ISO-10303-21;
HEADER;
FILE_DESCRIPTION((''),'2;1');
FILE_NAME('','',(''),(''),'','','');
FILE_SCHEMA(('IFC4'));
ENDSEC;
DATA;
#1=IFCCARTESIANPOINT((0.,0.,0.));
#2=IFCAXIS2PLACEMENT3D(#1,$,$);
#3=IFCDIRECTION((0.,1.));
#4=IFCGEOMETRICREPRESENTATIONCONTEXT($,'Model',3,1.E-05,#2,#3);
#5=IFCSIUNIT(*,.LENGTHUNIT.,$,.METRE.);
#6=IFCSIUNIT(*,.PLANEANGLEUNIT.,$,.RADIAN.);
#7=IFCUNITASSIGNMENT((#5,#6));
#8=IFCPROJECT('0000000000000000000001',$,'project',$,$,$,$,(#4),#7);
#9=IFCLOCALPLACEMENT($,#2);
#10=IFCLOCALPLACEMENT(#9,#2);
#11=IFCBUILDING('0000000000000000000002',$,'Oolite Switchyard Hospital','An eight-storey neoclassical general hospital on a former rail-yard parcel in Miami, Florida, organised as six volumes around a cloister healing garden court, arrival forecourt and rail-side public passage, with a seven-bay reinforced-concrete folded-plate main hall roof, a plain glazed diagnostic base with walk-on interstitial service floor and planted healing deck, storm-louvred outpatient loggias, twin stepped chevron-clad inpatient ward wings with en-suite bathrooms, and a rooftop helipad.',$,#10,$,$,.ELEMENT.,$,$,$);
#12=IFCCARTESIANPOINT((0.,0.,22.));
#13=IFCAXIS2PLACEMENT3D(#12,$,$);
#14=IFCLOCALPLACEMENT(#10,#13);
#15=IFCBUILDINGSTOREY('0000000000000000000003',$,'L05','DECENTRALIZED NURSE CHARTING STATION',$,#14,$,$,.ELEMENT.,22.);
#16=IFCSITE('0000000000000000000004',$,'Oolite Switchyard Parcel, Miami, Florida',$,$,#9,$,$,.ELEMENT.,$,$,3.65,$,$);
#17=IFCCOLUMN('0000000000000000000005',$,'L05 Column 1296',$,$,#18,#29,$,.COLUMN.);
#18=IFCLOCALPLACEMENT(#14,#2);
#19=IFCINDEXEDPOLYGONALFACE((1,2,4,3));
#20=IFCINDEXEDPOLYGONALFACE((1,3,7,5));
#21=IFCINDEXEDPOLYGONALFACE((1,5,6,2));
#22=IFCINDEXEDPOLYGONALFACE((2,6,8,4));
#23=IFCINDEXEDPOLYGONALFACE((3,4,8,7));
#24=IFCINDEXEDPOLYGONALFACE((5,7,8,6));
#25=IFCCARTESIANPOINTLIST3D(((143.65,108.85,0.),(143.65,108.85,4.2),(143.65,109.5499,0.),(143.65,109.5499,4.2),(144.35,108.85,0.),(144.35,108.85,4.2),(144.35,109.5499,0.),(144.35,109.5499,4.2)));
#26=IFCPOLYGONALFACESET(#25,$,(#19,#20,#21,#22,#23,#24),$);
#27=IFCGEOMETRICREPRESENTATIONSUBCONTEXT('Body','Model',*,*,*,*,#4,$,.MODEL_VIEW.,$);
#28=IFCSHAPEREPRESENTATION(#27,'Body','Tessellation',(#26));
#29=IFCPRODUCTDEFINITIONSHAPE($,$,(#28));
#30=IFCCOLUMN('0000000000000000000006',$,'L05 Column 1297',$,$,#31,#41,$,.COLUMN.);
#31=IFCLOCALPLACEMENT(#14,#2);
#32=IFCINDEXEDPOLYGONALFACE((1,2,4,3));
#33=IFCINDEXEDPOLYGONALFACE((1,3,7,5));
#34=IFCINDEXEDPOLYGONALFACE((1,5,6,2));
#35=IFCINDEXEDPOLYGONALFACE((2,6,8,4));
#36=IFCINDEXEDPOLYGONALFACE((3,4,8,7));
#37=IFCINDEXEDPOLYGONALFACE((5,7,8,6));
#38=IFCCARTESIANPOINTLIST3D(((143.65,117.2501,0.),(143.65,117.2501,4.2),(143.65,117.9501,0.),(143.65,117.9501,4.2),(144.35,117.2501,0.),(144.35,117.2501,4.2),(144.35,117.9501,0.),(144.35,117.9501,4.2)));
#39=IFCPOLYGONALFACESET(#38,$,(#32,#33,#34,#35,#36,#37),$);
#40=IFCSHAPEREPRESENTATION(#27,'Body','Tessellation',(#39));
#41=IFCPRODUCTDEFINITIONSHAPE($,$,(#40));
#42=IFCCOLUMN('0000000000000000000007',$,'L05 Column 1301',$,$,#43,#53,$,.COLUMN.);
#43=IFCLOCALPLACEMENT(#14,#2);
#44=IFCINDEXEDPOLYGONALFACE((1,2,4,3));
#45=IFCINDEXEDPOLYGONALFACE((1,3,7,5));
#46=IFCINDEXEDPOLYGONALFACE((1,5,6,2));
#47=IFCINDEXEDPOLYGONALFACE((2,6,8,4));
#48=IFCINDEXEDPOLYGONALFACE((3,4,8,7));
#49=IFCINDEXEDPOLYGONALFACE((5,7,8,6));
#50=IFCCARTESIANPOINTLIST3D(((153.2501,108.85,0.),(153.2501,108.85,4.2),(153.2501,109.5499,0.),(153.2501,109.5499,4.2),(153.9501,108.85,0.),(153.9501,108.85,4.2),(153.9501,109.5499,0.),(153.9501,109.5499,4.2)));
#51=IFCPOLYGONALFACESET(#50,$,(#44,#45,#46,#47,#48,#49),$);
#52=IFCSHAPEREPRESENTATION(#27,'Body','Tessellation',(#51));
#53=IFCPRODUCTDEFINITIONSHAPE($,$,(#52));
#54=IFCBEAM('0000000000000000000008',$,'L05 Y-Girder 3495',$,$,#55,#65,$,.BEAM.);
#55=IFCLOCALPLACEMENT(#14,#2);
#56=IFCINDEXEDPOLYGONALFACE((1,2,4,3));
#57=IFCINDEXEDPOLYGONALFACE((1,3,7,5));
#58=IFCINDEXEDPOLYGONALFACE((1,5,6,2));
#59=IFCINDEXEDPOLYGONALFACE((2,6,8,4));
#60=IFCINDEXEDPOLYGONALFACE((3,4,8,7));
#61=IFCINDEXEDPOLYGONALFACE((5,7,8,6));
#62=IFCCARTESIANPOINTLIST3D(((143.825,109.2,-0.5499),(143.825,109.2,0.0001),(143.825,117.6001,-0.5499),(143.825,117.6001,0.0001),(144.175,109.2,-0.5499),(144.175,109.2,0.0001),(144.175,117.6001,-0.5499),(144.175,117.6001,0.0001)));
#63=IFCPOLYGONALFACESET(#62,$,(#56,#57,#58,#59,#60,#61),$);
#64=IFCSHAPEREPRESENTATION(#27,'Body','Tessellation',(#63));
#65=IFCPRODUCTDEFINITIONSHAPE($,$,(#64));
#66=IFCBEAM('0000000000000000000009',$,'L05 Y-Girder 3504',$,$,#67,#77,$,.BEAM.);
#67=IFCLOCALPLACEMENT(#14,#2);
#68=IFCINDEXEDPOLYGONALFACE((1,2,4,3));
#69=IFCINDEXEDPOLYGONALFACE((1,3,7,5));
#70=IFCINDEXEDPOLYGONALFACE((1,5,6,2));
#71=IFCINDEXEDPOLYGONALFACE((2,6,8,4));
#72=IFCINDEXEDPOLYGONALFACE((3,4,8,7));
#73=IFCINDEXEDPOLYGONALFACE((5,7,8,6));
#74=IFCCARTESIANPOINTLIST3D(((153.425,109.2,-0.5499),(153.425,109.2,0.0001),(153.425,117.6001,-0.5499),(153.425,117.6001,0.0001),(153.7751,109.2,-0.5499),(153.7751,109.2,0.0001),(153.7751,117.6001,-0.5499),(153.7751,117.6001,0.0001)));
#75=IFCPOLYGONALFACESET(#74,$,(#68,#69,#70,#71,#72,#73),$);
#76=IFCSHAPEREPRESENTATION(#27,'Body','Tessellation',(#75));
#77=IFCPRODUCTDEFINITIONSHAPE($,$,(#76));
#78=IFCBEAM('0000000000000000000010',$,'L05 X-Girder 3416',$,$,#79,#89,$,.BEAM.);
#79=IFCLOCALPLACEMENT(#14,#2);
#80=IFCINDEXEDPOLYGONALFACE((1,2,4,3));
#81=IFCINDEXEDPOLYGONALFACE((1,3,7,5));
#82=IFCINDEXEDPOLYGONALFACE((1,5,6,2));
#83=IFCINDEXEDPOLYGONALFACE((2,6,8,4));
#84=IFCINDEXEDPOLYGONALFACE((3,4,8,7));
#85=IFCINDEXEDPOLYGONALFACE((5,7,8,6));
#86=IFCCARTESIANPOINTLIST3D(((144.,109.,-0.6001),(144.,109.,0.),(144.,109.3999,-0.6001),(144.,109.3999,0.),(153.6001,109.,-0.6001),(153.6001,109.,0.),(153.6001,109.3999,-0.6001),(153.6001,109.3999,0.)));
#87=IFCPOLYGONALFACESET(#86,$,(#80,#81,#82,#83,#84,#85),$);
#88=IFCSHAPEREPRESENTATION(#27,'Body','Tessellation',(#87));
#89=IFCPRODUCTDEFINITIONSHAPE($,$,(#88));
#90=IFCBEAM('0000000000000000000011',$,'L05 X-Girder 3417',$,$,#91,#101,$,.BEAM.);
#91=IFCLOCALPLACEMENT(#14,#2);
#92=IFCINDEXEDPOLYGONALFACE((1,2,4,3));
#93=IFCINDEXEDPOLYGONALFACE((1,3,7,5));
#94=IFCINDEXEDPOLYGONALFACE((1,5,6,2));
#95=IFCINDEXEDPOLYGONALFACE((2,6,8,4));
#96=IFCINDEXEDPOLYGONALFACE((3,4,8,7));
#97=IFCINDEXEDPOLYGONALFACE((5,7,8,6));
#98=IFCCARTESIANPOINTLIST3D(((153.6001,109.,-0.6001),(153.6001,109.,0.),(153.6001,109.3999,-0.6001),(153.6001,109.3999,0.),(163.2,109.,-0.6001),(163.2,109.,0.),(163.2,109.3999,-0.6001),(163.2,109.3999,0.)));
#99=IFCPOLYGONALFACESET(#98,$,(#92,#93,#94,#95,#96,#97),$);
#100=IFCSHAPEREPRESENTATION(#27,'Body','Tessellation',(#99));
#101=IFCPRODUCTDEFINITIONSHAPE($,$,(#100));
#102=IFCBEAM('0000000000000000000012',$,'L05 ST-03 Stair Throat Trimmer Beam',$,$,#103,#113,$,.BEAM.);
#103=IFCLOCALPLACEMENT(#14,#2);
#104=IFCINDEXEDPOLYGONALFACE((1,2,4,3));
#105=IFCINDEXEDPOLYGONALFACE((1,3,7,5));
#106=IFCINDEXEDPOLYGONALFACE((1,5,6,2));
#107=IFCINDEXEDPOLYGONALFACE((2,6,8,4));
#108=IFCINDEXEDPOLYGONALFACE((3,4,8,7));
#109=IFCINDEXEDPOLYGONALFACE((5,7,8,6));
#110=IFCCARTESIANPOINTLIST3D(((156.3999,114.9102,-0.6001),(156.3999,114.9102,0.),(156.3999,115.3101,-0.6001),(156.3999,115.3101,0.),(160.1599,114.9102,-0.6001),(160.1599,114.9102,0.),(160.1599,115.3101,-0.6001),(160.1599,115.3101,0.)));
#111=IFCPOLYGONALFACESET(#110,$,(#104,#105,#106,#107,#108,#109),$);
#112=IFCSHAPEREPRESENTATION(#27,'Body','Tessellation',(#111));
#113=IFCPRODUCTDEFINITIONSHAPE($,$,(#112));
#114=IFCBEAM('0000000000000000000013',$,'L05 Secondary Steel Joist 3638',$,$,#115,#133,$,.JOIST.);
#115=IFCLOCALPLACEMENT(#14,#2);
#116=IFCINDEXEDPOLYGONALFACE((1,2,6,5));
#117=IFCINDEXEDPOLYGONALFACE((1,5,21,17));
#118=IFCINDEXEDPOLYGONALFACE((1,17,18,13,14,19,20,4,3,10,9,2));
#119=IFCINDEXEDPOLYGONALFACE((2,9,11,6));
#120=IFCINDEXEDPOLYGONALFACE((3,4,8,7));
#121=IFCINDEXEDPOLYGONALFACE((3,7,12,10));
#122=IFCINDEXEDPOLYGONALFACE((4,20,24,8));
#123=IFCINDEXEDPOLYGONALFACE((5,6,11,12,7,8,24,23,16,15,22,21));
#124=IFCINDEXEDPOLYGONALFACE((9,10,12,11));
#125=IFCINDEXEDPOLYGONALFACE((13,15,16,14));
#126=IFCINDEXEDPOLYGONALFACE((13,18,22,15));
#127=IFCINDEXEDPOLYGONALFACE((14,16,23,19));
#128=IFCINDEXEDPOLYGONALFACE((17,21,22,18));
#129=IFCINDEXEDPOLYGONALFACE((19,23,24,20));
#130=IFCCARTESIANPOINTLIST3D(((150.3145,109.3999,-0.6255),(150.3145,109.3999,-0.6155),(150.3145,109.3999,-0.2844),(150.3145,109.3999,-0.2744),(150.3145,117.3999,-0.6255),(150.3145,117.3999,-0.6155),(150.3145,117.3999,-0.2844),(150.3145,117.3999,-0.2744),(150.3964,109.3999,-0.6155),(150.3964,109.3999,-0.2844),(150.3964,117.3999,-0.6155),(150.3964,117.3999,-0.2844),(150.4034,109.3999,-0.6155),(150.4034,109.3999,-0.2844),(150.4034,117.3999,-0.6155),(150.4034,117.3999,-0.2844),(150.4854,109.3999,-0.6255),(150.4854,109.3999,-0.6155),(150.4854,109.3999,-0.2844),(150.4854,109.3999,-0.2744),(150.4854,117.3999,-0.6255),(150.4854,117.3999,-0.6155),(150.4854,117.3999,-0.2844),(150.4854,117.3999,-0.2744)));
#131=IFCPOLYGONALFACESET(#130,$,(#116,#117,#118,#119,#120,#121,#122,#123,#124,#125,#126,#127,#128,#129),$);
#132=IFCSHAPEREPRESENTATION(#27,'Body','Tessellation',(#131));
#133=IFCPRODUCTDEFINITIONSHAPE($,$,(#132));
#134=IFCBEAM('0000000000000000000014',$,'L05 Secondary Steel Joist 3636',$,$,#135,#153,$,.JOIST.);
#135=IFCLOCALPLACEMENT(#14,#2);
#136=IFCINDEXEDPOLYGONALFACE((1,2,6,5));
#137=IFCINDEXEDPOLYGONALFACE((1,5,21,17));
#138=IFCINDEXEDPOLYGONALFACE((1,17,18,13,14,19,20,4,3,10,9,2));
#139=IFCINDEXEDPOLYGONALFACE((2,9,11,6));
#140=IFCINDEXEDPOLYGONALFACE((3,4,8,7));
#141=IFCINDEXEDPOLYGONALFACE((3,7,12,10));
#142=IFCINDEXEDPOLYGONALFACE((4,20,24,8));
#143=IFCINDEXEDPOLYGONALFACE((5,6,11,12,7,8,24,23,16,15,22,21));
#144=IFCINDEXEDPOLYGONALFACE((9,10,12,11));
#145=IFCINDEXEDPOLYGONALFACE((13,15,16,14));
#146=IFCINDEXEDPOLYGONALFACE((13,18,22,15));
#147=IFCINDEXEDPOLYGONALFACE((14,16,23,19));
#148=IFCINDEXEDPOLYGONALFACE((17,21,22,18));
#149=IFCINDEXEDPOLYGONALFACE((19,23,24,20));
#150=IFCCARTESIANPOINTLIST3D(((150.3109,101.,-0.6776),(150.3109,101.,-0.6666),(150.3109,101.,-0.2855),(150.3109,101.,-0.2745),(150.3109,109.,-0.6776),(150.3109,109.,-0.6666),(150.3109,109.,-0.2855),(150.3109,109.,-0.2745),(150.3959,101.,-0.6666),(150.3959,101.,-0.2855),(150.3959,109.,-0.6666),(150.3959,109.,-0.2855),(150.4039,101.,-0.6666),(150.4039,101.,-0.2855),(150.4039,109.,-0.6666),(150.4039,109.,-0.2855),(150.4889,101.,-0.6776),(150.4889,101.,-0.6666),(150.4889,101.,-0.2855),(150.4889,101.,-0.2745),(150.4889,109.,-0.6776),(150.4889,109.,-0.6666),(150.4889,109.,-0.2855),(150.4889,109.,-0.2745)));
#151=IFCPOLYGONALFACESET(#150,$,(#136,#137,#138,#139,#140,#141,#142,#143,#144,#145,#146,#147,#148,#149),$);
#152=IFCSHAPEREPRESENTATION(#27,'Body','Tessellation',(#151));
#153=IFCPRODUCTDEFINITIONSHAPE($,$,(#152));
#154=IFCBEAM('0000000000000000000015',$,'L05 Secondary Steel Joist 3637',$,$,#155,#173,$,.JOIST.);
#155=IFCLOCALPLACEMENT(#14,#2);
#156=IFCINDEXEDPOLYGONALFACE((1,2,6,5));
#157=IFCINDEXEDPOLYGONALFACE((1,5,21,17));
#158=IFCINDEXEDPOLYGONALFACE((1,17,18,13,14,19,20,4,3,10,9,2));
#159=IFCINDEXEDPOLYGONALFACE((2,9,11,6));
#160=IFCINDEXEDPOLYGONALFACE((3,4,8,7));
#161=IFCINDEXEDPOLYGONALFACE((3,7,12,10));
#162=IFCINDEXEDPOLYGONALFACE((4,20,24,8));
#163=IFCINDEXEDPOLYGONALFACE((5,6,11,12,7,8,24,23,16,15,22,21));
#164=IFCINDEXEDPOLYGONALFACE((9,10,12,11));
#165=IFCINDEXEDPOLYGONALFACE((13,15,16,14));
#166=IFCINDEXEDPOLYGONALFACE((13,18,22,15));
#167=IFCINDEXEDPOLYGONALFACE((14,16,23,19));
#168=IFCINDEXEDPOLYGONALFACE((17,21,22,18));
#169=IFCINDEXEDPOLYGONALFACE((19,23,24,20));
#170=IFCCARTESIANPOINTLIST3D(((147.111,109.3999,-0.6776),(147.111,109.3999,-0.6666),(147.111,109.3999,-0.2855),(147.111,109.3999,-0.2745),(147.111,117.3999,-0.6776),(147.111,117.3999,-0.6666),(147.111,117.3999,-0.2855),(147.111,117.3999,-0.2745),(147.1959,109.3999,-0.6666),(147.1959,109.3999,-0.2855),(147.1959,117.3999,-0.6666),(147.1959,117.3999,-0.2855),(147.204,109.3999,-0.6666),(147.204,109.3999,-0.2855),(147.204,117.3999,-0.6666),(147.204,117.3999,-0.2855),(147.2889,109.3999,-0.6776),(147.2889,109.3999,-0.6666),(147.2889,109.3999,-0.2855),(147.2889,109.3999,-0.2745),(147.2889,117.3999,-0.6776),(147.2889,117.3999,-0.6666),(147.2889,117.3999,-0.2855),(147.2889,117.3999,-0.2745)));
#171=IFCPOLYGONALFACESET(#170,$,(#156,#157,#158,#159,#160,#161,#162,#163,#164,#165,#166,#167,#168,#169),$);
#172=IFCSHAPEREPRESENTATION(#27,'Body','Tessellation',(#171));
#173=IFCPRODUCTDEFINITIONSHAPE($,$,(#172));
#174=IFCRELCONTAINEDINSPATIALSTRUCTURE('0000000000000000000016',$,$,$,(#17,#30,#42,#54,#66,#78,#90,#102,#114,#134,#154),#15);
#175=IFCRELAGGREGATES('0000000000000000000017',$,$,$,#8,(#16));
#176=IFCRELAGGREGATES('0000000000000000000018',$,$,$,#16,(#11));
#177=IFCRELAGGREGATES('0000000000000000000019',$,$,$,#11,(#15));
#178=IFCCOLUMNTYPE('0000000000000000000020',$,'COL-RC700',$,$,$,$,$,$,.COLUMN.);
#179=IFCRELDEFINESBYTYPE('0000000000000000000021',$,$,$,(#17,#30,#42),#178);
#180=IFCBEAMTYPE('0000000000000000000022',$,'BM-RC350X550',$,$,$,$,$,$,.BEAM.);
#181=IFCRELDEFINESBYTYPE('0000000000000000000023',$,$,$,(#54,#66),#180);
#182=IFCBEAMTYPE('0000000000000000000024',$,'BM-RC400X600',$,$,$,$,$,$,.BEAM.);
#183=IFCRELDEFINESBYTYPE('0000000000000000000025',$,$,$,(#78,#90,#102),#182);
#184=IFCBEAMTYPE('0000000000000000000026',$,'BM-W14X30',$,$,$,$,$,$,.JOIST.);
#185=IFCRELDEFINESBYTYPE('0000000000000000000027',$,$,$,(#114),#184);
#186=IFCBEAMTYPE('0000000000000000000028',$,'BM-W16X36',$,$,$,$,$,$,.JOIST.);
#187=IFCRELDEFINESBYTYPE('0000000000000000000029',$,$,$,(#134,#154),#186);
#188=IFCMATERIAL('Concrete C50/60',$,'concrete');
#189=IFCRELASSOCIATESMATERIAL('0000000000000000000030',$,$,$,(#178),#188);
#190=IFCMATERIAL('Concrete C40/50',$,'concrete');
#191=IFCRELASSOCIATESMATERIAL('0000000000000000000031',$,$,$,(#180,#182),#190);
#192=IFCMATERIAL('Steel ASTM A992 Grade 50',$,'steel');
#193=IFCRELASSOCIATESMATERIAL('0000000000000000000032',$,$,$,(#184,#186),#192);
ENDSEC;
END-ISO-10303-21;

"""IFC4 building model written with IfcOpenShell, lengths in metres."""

from ifc_helpers import new_model, si_unit, direction, frame, origin, origin_2d, place, context, subcontext, project, spatial, rectangle, i_section, extrude, material, material_profile, profile_set, type_object, element, save


model = new_model("IFC4")

# Units and contexts
model_context = context("Model", 3, precision=1e-05, world=origin(), true_north=direction((0.0, 1.0)))
body_context = subcontext(model_context, "Body", "Model", "MODEL_VIEW")
ifc_project = project(units=[si_unit("LENGTHUNIT", "METRE"), si_unit("PLANEANGLEUNIT", "RADIAN")], contexts=[model_context])

# Site, building, storey
site_placement = place(None, origin())
site = spatial("IfcSite", under=ifc_project, at=site_placement, Name="Oolite Switchyard Parcel, Miami, Florida", CompositionType="ELEMENT", RefElevation=3.65)
building_placement = place(site_placement, origin())
building = spatial("IfcBuilding", under=site, at=building_placement, Name="Oolite Switchyard Hospital", Description="An eight-storey neoclassical general hospital on a former rail-yard parcel in Miami, Florida, organised as six volumes around a cloister healing garden court, arrival forecourt and rail-side public passage, with a seven-bay reinforced-concrete folded-plate main hall roof, a plain glazed diagnostic base with walk-on interstitial service floor and planted healing deck, storm-louvred outpatient loggias, twin stepped chevron-clad inpatient ward wings with en-suite bathrooms, and a rooftop helipad.", CompositionType="ELEMENT")
storey_placement = place(building_placement, frame((0.0, 0.0, 22.0)))
storey = spatial("IfcBuildingStorey", under=building, at=storey_placement, Name="L05", Description="DECENTRALIZED NURSE CHARTING STATION", CompositionType="ELEMENT", Elevation=22.0)

# Columns
ifc_material_1 = material(Name="Concrete C50/60", Category="concrete")
ifc_material_profile_1 = material_profile(ifc_material_1, rectangle(XDim=0.7, YDim=0.7, at=origin_2d()), Name="RC700X700")
ifc_profile_set_1 = profile_set([ifc_material_profile_1], Name="Concrete C50/60")
column_type = type_object("IfcColumnType", Name="COL-RC700", PredefinedType="COLUMN", material=ifc_profile_set_1)
for number, where, z_axis, x_axis, name in (
    (1, (144.0, 109.2, 0.0), (0.0, 0.0, 1.0), (1.0, 0.0, 0.0), "L05 Column 1296"),
    (2, (144.0, 117.6001, 0.0), (0.0, 0.0, 1.0), (1.0, 0.0, 0.0), "L05 Column 1297"),
    (3, (153.6001, 109.2, 0.0), (0.0, 0.0, 1.0), (1.0, 0.0, 0.0), "L05 Column 1301"),
):
    element("IfcColumn", number, at=place(storey_placement, frame(where, z_axis=z_axis, x_axis=x_axis)), inside=storey, type_object=column_type, Name=name, PredefinedType="COLUMN", context=body_context, shape_type="SweptSolid", body=[
        extrude(rectangle(XDim=0.7, YDim=0.7, at=origin_2d()), origin(), (0.0, 0.0, 1.0), 4.2),
    ])

# Beams
ifc_material_2 = material(Name="Concrete C40/50", Category="concrete")
ifc_material_profile_2 = material_profile(ifc_material_2, rectangle(XDim=0.3501, YDim=0.55, at=origin_2d()), Name="RCB350X550")
ifc_profile_set_2 = profile_set([ifc_material_profile_2], Name="Concrete C40/50")
beam_type_1 = type_object("IfcBeamType", Name="BM-RC350X550", PredefinedType="BEAM", material=ifc_profile_set_2)
for number, where, z_axis, x_axis, name in (
    (4, (144.0, 109.2, -0.2749), (0.0, 1.0, 0.0), (-1.0, 0.0, 0.0), "L05 Y-Girder 3495"),
    (5, (153.6001, 109.2, -0.2749), (0.0, 1.0, 0.0), (-1.0, 0.0, 0.0), "L05 Y-Girder 3504"),
):
    element("IfcBeam", number, at=place(storey_placement, frame(where, z_axis=z_axis, x_axis=x_axis)), inside=storey, type_object=beam_type_1, Name=name, PredefinedType="BEAM", context=body_context, shape_type="SweptSolid", body=[
        extrude(rectangle(XDim=0.3501, YDim=0.55, at=origin_2d()), origin(), (0.0, 0.0, 1.0), 8.4001),
    ])
ifc_material_profile_3 = material_profile(ifc_material_2, rectangle(XDim=0.3999, YDim=0.6001, at=origin_2d()), Name="RCB400X600")
ifc_profile_set_3 = profile_set([ifc_material_profile_3], Name="Concrete C40/50")
beam_type_2 = type_object("IfcBeamType", Name="BM-RC400X600", PredefinedType="BEAM", material=ifc_profile_set_3)
beam_1_placement = place(storey_placement, frame((144.0, 109.2, -0.3), z_axis=(1.0, 0.0, 0.0), x_axis=(0.0, 1.0, 0.0)))
element("IfcBeam", 6, at=beam_1_placement, inside=storey, type_object=beam_type_2, Name="L05 X-Girder 3416", PredefinedType="BEAM", context=body_context, shape_type="SweptSolid", body=[
    extrude(rectangle(XDim=0.3999, YDim=0.6001, at=origin_2d()), origin(), (0.0, 0.0, 1.0), 9.6001),
])
beam_2_placement = place(storey_placement, frame((153.6001, 109.2, -0.3), z_axis=(1.0, 0.0, 0.0), x_axis=(0.0, 1.0, 0.0)))
element("IfcBeam", 7, at=beam_2_placement, inside=storey, type_object=beam_type_2, Name="L05 X-Girder 3417", PredefinedType="BEAM", context=body_context, shape_type="SweptSolid", body=[
    extrude(rectangle(XDim=0.3999, YDim=0.6001, at=origin_2d()), origin(), (0.0, 0.0, 1.0), 9.5999),
])
beam_3_placement = place(storey_placement, frame((156.3999, 115.1101, -0.3), z_axis=(1.0, 0.0, 0.0), x_axis=(0.0, 1.0, 0.0)))
element("IfcBeam", 8, at=beam_3_placement, inside=storey, type_object=beam_type_2, Name="L05 ST-03 Stair Throat Trimmer Beam", PredefinedType="BEAM", context=body_context, shape_type="SweptSolid", body=[
    extrude(rectangle(XDim=0.3999, YDim=0.6001, at=origin_2d()), origin(), (0.0, 0.0, 1.0), 3.76),
])
ifc_material_3 = material(Name="Steel ASTM A992 Grade 50", Category="steel")
ifc_material_profile_4 = material_profile(ifc_material_3, i_section(OverallWidth=0.1709, OverallDepth=0.3511, WebThickness=0.0071, FlangeThickness=0.01, at=origin_2d()), Name="W14X30")
ifc_profile_set_4 = profile_set([ifc_material_profile_4], Name="Steel ASTM A992 Grade 50")
beam_type_3 = type_object("IfcBeamType", Name="BM-W14X30", PredefinedType="JOIST", material=ifc_profile_set_4)
beam_4_placement = place(storey_placement, frame((150.3999, 109.3999, -0.45), z_axis=(0.0, 1.0, 0.0), x_axis=(-1.0, 0.0, 0.0)))
element("IfcBeam", 9, at=beam_4_placement, inside=storey, type_object=beam_type_3, Name="L05 Secondary Steel Joist 3638", PredefinedType="JOIST", context=body_context, shape_type="SweptSolid", body=[
    extrude(i_section(OverallWidth=0.1709, OverallDepth=0.3511, WebThickness=0.0071, FlangeThickness=0.01, at=origin_2d()), origin(), (0.0, 0.0, 1.0), 8.0),
])
ifc_material_profile_5 = material_profile(ifc_material_3, i_section(OverallWidth=0.178, OverallDepth=0.4031, WebThickness=0.0081, FlangeThickness=0.011, at=origin_2d()), Name="W16X36")
ifc_profile_set_5 = profile_set([ifc_material_profile_5], Name="Steel ASTM A992 Grade 50")
beam_type_4 = type_object("IfcBeamType", Name="BM-W16X36", PredefinedType="JOIST", material=ifc_profile_set_5)
for number, where, z_axis, x_axis, name in (
    (10, (150.3999, 101.0, -0.4761), (0.0, 1.0, 0.0), (-1.0, 0.0, 0.0), "L05 Secondary Steel Joist 3636"),
    (11, (147.2, 109.3999, -0.4761), (0.0, 1.0, 0.0), (-1.0, 0.0, 0.0), "L05 Secondary Steel Joist 3637"),
):
    element("IfcBeam", number, at=place(storey_placement, frame(where, z_axis=z_axis, x_axis=x_axis)), inside=storey, type_object=beam_type_4, Name=name, PredefinedType="JOIST", context=body_context, shape_type="SweptSolid", body=[
        extrude(i_section(OverallWidth=0.178, OverallDepth=0.4031, WebThickness=0.0081, FlangeThickness=0.011, at=origin_2d()), origin(), (0.0, 0.0, 1.0), 8.0),
    ])

save(model, "model.ifc")
